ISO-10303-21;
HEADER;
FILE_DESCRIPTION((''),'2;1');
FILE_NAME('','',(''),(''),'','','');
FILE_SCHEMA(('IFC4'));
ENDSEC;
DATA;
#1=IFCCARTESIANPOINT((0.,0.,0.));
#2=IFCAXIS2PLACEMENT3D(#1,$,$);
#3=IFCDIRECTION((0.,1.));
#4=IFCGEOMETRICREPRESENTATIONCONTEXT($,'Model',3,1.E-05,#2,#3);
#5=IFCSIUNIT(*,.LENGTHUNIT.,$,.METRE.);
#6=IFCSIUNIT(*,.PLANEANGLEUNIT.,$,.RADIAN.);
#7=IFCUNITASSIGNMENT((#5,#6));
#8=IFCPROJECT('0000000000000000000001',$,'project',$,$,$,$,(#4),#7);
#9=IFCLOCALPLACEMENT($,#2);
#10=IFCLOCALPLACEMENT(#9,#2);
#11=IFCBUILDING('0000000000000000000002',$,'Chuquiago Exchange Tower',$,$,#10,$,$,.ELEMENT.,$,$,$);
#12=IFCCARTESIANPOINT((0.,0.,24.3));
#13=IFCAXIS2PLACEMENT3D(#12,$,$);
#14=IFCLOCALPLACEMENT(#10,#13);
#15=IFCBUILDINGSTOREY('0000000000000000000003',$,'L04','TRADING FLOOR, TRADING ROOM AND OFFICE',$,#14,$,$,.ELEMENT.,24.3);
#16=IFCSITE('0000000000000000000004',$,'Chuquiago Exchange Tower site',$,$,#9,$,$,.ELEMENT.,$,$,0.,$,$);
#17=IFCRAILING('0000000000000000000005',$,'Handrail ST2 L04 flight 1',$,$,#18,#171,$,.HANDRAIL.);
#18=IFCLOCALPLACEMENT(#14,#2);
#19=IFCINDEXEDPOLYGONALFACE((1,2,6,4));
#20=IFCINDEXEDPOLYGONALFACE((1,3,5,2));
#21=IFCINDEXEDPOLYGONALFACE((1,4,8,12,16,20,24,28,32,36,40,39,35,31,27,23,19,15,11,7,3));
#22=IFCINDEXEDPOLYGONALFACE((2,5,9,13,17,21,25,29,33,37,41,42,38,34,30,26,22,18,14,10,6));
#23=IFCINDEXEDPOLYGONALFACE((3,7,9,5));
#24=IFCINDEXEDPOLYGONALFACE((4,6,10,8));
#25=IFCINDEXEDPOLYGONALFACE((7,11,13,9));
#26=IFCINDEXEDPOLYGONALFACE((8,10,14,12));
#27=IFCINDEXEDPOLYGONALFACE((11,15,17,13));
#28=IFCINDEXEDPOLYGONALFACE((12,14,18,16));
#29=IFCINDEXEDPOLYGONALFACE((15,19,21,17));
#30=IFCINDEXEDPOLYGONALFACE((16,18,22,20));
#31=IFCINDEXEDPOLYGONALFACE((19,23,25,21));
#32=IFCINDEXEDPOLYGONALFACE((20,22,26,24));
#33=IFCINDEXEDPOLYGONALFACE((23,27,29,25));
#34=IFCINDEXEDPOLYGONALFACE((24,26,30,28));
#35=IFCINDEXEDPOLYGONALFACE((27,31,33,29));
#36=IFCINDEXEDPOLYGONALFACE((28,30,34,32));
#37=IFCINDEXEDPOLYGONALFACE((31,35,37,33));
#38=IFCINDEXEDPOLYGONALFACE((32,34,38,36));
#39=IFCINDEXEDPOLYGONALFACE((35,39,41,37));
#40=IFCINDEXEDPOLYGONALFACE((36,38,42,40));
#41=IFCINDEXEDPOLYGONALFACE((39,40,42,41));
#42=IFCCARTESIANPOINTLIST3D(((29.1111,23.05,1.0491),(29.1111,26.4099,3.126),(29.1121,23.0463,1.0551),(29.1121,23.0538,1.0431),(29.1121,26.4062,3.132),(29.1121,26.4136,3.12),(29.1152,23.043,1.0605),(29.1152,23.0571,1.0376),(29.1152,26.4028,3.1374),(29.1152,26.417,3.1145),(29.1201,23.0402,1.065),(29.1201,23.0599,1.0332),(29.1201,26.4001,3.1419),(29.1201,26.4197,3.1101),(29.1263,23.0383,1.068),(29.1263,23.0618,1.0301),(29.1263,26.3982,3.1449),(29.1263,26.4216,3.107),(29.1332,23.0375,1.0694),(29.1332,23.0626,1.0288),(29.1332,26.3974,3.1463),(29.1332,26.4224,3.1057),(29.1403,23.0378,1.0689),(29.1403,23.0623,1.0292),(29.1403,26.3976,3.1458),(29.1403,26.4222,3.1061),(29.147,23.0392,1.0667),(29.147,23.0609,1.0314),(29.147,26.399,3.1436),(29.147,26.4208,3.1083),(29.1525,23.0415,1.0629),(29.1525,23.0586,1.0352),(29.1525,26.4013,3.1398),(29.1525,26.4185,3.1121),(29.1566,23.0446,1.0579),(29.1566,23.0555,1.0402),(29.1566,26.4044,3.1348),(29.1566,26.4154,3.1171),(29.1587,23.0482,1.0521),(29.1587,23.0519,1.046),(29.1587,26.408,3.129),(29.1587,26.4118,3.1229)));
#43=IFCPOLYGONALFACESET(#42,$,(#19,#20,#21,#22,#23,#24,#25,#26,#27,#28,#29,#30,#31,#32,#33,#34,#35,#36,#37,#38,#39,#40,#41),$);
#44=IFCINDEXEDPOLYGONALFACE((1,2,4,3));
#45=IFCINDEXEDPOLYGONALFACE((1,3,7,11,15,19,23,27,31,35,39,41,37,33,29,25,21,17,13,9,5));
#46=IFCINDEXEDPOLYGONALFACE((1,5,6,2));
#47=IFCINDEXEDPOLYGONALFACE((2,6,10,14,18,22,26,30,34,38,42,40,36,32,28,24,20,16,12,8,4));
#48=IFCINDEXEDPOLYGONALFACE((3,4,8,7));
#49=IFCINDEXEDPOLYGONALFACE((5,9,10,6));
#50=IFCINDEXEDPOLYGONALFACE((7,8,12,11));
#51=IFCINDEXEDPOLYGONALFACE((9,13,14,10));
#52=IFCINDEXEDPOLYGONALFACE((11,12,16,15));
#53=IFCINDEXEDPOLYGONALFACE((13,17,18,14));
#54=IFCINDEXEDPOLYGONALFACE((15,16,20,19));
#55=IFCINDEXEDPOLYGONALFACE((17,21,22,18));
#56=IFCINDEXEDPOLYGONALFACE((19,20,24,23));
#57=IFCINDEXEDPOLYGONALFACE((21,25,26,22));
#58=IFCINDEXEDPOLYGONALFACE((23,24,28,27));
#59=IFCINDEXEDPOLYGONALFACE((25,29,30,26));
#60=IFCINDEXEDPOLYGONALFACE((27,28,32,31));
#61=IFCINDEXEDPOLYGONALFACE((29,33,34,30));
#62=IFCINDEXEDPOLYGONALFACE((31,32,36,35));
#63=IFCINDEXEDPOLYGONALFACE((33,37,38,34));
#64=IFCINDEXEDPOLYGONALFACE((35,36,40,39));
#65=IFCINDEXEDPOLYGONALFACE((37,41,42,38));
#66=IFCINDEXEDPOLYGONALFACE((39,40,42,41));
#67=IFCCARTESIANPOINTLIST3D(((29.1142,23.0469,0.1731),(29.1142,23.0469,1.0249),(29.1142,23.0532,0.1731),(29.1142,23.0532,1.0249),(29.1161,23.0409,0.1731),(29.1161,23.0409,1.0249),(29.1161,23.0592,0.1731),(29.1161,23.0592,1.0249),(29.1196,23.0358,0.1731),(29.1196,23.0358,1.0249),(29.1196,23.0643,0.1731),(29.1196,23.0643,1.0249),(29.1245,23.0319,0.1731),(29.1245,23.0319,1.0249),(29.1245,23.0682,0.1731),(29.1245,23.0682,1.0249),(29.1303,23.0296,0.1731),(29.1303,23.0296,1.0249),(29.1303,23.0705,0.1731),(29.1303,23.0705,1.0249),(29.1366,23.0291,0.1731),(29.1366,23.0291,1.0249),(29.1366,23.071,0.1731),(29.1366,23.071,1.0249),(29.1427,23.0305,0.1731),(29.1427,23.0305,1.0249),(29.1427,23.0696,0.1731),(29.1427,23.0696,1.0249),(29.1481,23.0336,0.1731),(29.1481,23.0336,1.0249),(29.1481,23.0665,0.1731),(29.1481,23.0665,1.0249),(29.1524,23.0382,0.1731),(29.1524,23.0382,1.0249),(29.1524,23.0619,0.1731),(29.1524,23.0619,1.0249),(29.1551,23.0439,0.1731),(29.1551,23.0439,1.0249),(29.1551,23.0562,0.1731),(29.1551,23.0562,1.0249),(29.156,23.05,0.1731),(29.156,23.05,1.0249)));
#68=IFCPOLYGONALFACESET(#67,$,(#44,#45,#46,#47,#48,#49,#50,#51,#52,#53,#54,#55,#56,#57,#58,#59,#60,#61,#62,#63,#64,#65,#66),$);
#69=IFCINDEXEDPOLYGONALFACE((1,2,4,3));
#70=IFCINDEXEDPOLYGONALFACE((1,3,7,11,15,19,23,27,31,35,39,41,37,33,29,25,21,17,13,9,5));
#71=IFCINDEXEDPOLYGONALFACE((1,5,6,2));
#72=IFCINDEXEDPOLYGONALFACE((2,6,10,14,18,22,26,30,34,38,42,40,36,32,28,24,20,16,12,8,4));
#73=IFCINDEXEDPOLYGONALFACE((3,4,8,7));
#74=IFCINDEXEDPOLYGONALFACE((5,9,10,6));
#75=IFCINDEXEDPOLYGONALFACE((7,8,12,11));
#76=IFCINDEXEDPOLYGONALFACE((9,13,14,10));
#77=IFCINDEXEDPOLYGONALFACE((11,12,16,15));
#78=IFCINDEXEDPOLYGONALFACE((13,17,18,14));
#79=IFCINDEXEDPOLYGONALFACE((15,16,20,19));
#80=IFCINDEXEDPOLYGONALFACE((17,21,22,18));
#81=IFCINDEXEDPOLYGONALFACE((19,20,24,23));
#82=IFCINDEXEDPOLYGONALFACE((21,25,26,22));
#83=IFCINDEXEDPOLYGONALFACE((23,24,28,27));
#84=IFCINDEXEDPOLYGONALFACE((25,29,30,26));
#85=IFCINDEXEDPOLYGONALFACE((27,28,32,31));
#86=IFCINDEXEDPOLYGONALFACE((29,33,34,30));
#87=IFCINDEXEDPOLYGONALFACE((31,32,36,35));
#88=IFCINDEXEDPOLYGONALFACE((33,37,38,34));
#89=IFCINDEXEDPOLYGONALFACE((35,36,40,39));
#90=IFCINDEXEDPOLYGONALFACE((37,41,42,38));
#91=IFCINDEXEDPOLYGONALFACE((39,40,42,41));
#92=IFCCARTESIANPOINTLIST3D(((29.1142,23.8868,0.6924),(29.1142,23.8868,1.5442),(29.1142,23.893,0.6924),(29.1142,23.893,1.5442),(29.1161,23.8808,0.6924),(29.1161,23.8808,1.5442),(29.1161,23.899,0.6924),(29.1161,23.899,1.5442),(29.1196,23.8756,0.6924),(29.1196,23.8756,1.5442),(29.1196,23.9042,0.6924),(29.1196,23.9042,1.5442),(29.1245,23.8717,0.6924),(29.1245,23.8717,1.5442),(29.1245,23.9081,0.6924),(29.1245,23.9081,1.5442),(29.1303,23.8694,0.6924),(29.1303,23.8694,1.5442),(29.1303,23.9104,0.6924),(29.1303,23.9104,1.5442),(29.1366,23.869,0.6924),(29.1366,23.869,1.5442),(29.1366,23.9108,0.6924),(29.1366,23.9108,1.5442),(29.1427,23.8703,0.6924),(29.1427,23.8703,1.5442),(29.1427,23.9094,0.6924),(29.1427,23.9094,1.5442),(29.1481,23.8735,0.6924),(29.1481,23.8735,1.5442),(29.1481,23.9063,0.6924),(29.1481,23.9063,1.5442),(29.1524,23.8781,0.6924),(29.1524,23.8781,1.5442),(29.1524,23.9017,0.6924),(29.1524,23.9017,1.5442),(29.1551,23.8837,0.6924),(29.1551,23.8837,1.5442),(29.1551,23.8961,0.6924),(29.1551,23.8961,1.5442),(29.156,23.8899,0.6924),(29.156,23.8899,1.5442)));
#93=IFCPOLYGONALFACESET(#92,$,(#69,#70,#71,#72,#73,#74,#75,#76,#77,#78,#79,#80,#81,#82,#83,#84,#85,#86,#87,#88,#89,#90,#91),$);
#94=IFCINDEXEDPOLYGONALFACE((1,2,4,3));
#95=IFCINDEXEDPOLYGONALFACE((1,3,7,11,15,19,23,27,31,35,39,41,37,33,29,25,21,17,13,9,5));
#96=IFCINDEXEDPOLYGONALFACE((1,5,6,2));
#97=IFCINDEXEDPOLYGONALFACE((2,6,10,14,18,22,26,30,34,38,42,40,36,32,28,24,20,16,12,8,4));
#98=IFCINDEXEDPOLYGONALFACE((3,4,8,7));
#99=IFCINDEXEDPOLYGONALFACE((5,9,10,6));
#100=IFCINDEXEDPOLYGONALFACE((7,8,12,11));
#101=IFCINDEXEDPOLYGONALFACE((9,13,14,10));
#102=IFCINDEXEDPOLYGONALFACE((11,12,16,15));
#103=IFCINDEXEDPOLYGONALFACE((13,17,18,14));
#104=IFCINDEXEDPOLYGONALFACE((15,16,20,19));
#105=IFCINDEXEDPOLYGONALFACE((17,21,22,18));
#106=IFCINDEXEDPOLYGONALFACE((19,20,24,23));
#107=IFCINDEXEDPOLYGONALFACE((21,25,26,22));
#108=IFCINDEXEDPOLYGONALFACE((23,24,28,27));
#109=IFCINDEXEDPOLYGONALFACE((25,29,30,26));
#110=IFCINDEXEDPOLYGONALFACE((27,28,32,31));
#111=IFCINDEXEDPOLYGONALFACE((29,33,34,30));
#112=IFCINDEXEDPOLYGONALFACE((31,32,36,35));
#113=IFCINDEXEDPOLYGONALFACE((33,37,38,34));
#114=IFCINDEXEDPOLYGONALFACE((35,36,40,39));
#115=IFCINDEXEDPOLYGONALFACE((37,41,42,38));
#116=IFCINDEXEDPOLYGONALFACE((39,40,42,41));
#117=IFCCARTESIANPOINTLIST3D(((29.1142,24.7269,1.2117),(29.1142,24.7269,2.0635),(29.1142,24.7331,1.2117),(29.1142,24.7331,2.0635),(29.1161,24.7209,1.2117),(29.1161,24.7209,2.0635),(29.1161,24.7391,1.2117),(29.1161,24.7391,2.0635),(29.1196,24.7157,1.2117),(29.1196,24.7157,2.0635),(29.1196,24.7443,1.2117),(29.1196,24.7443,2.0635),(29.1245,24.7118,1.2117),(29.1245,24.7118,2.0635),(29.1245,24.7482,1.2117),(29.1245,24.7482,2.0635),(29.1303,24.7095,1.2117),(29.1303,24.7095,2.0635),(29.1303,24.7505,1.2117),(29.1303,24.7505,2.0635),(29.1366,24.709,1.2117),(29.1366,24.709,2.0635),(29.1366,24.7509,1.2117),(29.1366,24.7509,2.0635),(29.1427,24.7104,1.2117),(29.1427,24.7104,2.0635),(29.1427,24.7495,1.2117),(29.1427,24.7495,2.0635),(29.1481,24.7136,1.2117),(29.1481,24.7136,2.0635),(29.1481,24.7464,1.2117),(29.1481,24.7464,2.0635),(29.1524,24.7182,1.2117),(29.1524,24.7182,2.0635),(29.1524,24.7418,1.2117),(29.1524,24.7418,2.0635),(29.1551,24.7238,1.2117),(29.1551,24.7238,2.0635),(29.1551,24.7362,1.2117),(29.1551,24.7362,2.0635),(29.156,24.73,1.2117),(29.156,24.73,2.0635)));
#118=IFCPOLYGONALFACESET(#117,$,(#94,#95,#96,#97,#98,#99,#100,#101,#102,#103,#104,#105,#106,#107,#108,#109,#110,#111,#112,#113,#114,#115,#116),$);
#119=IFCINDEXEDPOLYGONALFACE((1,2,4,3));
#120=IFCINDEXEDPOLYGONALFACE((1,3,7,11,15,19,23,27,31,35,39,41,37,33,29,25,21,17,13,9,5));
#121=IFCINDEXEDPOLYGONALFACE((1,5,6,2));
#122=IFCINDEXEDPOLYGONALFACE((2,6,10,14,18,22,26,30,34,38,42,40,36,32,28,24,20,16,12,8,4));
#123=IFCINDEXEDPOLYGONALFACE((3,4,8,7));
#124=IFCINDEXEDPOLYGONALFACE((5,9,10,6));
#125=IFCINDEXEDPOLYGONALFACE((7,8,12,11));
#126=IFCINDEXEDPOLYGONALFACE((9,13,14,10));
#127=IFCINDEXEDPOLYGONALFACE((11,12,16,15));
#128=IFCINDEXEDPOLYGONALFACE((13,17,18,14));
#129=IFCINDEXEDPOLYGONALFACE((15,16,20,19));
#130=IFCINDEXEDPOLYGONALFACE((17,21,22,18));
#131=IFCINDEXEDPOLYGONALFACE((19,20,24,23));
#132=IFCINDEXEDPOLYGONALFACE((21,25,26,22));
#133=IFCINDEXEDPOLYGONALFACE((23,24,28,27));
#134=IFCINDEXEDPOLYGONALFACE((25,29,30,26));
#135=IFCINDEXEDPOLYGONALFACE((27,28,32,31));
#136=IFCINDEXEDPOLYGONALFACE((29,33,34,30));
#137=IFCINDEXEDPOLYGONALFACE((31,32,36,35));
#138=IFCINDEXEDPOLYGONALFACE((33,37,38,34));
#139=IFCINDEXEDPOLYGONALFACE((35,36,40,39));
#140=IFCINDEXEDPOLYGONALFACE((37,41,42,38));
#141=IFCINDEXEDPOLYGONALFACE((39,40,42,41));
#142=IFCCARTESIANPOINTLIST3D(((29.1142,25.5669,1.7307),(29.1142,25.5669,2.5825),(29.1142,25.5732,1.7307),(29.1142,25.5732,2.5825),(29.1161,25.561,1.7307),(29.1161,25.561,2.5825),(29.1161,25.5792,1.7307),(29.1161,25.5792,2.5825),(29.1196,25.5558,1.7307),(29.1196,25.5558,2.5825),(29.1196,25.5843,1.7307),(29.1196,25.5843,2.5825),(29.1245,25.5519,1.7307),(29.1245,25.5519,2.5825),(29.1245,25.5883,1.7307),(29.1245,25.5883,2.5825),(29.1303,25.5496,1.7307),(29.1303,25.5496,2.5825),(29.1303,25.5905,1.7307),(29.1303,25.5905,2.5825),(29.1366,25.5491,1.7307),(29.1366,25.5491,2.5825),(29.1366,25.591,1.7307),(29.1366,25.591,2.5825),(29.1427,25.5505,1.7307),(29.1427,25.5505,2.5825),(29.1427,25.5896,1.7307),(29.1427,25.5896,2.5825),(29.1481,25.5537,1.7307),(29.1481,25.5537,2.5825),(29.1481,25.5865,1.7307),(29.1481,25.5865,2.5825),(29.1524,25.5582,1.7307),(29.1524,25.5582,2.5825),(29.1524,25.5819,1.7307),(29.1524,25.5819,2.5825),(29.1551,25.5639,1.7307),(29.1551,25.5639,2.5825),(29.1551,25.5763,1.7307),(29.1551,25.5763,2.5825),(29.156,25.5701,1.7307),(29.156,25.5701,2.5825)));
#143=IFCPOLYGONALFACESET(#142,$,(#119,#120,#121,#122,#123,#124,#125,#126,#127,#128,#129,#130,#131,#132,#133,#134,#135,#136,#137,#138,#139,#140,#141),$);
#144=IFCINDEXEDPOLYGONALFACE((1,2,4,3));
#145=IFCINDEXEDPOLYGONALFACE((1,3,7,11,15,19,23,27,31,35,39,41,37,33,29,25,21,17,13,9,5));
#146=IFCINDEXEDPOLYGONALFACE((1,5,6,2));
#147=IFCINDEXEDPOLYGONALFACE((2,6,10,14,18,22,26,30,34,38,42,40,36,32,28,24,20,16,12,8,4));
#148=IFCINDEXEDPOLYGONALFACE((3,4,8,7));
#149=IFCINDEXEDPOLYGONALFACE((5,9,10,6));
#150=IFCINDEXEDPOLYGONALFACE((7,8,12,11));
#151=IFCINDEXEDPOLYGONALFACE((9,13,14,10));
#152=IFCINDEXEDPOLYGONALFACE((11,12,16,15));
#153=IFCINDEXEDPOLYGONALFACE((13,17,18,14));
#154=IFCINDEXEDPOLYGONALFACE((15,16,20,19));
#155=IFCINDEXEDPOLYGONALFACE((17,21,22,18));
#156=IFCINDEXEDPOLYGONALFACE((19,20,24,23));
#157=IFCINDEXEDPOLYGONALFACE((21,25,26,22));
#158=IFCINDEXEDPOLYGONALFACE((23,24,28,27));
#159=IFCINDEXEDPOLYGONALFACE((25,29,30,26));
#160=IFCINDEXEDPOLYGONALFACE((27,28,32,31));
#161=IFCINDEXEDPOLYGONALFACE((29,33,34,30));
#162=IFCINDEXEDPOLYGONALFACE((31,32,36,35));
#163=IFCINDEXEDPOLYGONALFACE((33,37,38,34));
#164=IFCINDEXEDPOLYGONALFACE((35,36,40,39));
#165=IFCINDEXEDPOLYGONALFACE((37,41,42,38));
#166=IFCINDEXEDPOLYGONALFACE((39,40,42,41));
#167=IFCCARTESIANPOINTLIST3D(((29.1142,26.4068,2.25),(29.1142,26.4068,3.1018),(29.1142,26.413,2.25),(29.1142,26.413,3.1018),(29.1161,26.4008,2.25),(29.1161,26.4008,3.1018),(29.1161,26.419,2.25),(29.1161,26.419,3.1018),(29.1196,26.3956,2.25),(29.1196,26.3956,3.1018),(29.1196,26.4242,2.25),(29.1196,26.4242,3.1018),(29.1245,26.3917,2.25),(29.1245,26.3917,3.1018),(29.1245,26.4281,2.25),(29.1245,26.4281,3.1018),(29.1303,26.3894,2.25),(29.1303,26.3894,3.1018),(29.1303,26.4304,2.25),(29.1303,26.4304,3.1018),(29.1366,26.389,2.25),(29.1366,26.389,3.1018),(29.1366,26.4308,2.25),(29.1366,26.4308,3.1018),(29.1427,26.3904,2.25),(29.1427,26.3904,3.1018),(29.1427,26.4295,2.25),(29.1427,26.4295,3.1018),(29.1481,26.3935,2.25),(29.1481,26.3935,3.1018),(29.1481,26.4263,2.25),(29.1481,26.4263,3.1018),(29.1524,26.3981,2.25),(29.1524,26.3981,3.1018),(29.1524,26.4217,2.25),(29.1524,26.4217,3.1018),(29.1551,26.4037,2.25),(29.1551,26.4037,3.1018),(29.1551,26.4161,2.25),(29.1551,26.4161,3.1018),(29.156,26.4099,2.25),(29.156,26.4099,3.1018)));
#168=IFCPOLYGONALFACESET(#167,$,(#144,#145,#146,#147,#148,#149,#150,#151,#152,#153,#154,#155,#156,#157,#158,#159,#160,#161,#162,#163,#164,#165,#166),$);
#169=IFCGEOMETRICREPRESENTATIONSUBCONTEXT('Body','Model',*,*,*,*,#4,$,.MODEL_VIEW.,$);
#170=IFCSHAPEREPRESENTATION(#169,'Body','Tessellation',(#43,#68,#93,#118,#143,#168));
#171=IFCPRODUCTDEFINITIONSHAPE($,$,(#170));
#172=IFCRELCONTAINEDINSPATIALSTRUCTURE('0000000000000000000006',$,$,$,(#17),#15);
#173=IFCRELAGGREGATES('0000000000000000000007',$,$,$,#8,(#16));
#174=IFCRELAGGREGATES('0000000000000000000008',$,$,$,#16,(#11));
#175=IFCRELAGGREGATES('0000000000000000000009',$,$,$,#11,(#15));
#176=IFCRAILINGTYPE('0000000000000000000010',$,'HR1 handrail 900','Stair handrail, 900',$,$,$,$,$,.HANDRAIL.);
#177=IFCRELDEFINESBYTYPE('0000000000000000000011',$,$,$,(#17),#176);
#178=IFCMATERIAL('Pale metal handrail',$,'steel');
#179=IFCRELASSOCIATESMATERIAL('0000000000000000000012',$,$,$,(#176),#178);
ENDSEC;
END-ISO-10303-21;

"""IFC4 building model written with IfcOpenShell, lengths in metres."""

from ifc_helpers import new_model, si_unit, direction, frame, origin, origin_2d, place, context, subcontext, project, spatial, circle, extrude, material, type_object, element, save


model = new_model("IFC4")

# Units and contexts
model_context = context("Model", 3, precision=1e-05, world=origin(), true_north=direction((0.0, 1.0)))
body_context = subcontext(model_context, "Body", "Model", "MODEL_VIEW")
ifc_project = project(units=[si_unit("LENGTHUNIT", "METRE"), si_unit("PLANEANGLEUNIT", "RADIAN")], contexts=[model_context])

# Site, building, storey
site_placement = place(None, origin())
site = spatial("IfcSite", under=ifc_project, at=site_placement, Name="Chuquiago Exchange Tower site", CompositionType="ELEMENT", RefElevation=0.0)
building_placement = place(site_placement, origin())
building = spatial("IfcBuilding", under=site, at=building_placement, Name="Chuquiago Exchange Tower", CompositionType="ELEMENT")
storey_placement = place(building_placement, frame((0.0, 0.0, 24.3)))
storey = spatial("IfcBuildingStorey", under=building, at=storey_placement, Name="L04", Description="TRADING FLOOR, TRADING ROOM AND OFFICE", CompositionType="ELEMENT", Elevation=24.3)

# Railing
ifc_material_1 = material(Name="Pale metal handrail", Category="steel")
railing_type_1 = type_object("IfcRailingType", Name="HR1 handrail 900", Description="Stair handrail, 900", PredefinedType="HANDRAIL", material=ifc_material_1)
for number, where, name in (
    (1, (29.135, 23.05, 0.1731), "Handrail ST2 L04 flight 1"),
):
    element("IfcRailing", number, at=place(storey_placement, frame(where)), inside=storey, type_object=railing_type_1, Name=name, PredefinedType="HANDRAIL", context=body_context, shape_type="SweptSolid", body=[
        extrude(circle(Radius=0.0239, at=origin_2d()), frame((0.0, 0.0, 0.876), z_axis=(0.0, 0.850606, 0.525803), x_axis=(-1.0, 0.0, 0.0)), (0.0, 0.0, 1.0), 3.95),
        extrude(circle(Radius=0.021, at=origin_2d()), origin(), (0.0, 0.0, 1.0), 0.8518),
        extrude(circle(Radius=0.021, at=origin_2d()), frame((0.0, 0.8398, 0.5193)), (0.0, 0.0, 1.0), 0.8518),
        extrude(circle(Radius=0.021, at=origin_2d()), frame((0.0, 1.6799, 1.0386)), (0.0, 0.0, 1.0), 0.8518),
        extrude(circle(Radius=0.021, at=origin_2d()), frame((0.0, 2.52, 1.5576)), (0.0, 0.0, 1.0), 0.8518),
        extrude(circle(Radius=0.021, at=origin_2d()), frame((0.0, 3.3599, 2.0769)), (0.0, 0.0, 1.0), 0.8518),
    ])

save(model, "model.ifc")
